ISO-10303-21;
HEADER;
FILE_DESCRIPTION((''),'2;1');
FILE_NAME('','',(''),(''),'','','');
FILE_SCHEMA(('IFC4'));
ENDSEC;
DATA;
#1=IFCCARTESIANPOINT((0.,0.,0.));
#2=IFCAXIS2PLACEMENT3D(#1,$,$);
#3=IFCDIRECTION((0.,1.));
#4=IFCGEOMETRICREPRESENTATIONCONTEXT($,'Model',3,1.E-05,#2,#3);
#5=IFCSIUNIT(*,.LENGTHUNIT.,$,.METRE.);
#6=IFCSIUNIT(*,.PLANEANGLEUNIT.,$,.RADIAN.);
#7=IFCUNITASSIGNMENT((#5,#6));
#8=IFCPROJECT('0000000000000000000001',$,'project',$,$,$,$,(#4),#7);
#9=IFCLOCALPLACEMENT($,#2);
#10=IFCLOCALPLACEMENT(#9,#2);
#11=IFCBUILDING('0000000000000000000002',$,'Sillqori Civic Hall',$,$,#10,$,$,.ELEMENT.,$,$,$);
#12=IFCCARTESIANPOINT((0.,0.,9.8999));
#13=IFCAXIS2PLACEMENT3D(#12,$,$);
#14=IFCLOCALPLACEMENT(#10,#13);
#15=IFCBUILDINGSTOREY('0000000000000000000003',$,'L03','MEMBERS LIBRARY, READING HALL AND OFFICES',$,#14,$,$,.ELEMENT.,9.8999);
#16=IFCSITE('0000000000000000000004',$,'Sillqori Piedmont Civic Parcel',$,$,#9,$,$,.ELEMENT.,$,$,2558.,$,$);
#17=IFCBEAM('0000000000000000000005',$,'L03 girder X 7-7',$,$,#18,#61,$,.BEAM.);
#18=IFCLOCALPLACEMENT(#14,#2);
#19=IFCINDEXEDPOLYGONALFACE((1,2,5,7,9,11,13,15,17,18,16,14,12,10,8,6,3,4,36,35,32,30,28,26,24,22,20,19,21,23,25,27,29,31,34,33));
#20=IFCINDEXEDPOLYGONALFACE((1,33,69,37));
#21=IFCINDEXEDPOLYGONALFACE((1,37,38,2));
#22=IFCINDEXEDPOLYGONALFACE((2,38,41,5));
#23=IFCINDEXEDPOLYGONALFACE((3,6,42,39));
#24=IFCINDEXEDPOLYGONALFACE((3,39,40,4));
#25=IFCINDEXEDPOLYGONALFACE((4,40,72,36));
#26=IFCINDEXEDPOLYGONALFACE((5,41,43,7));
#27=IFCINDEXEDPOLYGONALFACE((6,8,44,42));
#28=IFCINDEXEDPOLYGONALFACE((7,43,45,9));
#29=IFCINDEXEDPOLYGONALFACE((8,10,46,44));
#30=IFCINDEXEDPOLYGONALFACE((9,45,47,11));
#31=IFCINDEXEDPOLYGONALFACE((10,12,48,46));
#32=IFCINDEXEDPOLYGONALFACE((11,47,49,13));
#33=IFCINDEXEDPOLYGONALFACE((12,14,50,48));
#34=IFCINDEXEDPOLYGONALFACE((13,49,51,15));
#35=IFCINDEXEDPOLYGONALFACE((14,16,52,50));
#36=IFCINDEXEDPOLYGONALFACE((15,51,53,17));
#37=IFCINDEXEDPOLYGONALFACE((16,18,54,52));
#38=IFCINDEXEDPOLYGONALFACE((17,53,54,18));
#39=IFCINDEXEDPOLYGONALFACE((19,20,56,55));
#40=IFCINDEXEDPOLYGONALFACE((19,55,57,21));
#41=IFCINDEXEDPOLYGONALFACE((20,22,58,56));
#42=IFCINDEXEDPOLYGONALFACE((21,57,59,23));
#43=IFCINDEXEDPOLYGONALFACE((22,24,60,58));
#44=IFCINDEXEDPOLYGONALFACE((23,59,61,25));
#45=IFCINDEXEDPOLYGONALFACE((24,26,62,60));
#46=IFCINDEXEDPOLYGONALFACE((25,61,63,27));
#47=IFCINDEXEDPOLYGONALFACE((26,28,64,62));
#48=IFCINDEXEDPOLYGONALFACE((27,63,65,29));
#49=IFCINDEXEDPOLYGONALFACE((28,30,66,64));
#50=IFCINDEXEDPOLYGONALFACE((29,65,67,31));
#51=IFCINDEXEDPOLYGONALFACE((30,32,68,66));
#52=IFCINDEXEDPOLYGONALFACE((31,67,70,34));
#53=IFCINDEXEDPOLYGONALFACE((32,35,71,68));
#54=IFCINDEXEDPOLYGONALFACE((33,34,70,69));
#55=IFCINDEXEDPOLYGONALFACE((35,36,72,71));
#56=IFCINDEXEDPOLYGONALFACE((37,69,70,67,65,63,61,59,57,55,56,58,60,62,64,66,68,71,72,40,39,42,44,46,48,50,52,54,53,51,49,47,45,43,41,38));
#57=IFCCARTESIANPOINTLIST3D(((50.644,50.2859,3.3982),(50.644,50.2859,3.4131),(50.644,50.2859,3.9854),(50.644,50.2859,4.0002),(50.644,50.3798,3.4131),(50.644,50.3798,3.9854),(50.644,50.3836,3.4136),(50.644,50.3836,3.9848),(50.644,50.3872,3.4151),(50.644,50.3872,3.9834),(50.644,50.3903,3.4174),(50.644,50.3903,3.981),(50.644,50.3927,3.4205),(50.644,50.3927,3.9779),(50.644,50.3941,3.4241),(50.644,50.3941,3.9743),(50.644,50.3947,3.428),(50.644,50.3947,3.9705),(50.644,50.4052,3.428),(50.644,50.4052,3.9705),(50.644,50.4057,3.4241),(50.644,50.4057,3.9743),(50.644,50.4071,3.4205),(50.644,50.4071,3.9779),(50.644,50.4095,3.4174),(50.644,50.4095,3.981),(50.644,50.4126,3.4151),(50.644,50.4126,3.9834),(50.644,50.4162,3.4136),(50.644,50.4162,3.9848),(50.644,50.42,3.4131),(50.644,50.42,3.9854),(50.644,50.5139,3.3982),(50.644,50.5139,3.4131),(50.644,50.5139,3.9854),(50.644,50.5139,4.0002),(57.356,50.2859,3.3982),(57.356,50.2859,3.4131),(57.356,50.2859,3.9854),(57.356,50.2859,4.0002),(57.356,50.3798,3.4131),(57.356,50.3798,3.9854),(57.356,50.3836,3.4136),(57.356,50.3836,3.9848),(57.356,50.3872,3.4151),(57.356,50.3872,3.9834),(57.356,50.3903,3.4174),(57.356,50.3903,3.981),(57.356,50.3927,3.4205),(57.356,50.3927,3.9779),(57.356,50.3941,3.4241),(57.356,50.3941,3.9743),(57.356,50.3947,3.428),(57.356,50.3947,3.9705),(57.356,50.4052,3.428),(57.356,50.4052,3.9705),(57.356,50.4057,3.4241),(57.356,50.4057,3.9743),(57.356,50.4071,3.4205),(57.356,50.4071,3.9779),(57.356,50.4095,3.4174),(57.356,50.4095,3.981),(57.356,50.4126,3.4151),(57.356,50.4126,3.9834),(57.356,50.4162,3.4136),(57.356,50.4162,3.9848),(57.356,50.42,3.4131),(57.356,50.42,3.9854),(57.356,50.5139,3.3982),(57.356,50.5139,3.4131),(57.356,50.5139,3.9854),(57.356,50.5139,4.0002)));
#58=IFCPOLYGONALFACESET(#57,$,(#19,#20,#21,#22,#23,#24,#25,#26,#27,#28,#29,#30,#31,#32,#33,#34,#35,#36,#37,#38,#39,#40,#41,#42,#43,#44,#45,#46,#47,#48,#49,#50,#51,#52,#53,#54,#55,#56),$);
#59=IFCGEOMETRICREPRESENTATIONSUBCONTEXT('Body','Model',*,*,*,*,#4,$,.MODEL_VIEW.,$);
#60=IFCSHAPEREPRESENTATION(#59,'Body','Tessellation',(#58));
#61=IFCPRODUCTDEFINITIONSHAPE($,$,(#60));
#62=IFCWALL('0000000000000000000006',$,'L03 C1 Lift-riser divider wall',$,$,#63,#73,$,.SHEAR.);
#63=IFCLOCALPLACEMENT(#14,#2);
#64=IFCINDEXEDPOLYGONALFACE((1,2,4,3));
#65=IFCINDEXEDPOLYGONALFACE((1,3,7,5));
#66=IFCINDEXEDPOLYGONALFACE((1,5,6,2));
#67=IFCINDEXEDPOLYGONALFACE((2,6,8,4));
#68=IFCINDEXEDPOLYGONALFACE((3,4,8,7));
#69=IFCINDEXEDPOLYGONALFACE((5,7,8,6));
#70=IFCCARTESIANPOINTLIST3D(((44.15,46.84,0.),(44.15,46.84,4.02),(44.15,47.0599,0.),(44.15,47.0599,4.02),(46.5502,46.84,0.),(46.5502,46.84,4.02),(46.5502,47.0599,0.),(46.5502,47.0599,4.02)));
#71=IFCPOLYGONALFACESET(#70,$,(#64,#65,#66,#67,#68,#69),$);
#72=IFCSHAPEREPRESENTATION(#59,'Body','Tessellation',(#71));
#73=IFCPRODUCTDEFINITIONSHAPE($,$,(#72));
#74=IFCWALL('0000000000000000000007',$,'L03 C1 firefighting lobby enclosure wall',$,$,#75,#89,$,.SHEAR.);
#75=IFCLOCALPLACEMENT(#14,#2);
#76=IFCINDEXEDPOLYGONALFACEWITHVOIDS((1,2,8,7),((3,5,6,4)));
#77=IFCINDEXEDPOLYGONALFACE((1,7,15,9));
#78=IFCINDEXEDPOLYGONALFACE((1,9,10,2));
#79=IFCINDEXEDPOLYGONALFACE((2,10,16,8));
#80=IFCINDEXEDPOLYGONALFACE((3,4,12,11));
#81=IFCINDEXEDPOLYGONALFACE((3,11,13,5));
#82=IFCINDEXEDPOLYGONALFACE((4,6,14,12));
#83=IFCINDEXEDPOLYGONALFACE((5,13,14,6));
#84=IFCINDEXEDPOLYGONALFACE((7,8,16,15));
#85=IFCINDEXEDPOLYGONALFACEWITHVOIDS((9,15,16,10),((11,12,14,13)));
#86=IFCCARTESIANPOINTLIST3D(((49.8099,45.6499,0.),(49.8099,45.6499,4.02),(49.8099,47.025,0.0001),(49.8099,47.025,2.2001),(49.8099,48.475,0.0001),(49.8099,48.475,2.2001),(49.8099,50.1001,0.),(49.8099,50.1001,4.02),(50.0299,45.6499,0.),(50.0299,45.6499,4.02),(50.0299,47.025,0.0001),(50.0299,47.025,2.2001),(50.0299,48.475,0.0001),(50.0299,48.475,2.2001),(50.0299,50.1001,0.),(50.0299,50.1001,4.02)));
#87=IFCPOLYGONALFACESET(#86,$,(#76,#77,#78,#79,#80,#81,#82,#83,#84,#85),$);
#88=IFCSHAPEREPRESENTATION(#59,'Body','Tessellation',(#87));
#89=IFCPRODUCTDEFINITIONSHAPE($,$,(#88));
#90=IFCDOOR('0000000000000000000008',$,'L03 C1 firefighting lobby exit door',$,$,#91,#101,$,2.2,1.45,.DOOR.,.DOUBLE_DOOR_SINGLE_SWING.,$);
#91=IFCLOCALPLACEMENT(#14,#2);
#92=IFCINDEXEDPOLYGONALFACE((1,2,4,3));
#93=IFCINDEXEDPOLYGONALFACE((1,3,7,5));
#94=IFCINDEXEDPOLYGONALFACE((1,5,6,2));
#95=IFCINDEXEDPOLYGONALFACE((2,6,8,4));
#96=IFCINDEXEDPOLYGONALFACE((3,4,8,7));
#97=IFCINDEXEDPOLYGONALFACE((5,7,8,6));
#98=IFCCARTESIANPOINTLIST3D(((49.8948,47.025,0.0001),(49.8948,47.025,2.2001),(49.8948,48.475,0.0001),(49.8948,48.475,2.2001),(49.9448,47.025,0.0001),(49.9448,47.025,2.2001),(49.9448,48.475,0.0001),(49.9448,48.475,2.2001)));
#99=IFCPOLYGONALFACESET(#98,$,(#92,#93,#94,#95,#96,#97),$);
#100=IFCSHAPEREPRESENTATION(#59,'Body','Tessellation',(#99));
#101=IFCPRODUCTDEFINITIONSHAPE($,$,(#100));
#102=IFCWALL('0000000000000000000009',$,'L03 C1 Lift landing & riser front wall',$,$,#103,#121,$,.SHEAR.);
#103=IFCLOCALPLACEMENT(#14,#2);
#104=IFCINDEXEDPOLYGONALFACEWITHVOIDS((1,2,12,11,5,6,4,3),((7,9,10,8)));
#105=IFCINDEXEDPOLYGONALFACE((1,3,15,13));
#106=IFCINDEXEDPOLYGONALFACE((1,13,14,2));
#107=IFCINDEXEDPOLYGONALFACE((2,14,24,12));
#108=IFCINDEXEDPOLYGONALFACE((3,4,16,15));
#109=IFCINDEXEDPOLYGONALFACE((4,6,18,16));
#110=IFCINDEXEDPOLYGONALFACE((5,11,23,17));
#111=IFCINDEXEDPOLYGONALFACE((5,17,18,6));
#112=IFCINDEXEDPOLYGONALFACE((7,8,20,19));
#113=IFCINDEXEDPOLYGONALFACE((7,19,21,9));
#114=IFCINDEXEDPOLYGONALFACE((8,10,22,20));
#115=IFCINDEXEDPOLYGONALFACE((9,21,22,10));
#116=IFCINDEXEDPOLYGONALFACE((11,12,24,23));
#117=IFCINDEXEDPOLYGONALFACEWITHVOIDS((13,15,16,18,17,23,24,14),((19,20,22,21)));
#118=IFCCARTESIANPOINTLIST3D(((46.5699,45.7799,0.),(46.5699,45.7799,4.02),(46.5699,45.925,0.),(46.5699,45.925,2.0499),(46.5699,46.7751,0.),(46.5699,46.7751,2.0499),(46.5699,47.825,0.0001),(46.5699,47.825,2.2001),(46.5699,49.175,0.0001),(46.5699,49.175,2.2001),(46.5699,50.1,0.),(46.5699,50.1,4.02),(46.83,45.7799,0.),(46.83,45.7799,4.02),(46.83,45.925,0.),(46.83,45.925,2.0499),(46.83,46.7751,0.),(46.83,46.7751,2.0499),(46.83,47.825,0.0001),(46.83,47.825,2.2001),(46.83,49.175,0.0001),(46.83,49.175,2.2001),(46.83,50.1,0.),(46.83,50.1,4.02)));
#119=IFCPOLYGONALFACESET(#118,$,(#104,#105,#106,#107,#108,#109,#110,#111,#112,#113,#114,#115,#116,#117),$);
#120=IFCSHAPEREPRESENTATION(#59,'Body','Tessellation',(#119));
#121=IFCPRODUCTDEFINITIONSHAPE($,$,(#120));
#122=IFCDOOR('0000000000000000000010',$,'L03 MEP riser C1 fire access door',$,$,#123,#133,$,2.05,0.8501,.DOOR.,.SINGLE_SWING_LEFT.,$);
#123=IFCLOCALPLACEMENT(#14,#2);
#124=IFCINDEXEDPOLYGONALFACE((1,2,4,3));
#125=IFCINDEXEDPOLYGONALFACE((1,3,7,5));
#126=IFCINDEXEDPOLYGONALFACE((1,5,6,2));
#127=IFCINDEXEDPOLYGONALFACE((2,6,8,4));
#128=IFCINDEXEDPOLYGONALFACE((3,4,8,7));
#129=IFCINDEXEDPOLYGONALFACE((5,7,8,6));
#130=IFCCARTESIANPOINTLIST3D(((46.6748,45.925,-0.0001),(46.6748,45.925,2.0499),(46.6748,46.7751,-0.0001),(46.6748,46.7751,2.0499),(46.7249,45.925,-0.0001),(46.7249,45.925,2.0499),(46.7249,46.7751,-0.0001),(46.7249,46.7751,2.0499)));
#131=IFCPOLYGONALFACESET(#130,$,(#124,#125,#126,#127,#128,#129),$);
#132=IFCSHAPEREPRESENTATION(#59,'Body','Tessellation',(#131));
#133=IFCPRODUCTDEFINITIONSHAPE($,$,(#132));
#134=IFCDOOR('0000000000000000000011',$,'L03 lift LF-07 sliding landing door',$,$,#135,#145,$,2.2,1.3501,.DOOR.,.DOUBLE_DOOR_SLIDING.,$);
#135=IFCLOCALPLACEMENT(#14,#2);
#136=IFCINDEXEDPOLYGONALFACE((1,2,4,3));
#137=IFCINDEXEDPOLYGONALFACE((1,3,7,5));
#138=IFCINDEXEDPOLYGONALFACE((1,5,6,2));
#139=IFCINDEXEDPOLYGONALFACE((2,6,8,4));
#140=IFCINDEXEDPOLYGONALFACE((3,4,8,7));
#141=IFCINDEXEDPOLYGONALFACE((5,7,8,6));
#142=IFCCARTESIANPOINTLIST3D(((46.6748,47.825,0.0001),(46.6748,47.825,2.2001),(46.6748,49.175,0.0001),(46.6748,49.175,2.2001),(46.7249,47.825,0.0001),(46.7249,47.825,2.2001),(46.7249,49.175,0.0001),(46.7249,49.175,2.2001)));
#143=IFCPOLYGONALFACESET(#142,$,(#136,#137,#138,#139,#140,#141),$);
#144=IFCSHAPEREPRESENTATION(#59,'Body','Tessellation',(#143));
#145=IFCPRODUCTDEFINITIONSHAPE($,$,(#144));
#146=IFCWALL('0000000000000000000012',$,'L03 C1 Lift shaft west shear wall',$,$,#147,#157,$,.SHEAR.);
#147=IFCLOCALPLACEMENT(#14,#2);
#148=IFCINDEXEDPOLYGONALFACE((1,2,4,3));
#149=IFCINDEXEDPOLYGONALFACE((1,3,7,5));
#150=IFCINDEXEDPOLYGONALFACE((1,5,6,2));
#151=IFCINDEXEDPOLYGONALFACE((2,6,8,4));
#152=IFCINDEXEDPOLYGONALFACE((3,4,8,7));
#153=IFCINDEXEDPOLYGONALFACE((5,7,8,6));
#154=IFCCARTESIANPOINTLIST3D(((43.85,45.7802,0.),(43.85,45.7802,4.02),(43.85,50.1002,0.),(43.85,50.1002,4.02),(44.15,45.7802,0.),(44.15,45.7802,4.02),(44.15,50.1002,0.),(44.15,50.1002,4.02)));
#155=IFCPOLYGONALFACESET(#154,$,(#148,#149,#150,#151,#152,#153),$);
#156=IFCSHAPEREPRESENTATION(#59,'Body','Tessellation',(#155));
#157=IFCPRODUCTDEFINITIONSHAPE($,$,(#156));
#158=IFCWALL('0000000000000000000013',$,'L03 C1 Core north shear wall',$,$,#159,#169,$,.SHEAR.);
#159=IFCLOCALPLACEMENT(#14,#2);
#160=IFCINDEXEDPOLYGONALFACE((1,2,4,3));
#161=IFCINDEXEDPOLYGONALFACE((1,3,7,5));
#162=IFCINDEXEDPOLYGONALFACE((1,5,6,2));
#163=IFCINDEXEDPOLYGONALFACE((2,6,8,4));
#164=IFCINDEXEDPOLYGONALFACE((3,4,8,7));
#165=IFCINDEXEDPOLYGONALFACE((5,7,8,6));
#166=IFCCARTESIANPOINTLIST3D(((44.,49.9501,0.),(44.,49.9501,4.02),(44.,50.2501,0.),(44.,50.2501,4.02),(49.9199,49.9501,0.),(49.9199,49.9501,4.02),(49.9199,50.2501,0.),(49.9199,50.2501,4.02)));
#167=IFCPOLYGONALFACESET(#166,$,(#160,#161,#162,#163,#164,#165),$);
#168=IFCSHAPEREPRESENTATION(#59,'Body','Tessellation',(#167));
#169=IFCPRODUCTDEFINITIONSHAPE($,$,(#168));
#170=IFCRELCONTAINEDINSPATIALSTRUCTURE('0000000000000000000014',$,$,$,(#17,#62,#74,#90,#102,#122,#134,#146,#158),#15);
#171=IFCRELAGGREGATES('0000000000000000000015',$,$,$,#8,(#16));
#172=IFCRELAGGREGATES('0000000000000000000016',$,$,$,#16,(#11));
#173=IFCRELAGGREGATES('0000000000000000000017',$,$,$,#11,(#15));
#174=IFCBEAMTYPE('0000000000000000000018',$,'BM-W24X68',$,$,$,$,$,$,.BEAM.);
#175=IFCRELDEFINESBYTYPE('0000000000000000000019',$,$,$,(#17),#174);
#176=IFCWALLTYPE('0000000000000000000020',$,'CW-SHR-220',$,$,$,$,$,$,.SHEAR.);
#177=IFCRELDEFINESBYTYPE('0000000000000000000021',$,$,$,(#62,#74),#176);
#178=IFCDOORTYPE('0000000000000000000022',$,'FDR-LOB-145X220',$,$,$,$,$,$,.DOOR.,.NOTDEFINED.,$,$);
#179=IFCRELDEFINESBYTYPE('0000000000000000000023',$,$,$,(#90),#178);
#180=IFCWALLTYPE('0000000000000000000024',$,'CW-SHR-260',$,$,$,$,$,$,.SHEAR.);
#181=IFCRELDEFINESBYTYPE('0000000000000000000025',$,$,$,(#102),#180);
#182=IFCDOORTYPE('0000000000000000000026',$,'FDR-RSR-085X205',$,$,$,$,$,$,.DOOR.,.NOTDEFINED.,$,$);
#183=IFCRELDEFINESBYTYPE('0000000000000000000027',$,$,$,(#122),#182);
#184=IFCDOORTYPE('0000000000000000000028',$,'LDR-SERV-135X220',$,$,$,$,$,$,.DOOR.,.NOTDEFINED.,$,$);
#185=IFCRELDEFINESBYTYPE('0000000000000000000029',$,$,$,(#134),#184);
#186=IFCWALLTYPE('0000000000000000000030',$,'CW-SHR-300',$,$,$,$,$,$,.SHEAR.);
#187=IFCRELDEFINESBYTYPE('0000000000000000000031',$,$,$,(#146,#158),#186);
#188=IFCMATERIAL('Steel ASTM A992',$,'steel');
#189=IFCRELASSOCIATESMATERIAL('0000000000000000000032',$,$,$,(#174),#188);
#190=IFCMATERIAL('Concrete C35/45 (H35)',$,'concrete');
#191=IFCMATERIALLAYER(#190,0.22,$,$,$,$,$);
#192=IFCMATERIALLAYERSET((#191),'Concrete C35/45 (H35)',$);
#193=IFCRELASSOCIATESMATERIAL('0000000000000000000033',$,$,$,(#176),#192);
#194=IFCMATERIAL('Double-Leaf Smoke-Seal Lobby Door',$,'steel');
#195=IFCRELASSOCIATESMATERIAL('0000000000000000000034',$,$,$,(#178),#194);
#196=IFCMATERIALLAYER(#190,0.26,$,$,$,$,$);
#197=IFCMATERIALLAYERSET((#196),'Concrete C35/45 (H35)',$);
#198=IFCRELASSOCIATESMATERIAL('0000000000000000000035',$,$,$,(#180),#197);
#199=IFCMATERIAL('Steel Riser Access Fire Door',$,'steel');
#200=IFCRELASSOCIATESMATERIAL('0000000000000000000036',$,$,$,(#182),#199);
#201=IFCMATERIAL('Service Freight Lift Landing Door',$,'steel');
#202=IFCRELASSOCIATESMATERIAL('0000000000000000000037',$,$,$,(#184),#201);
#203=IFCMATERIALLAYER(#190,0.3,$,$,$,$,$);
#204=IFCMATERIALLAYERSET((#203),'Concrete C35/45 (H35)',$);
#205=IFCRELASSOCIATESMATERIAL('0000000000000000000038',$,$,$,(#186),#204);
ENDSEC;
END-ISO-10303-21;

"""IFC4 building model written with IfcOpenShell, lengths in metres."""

from ifc_helpers import new_model, si_unit, direction, frame, frame_2d, origin, origin_2d, place, context, subcontext, project, spatial, rectangle, i_section, extrude, material, layer, layer_set, material_profile, profile_set, type_object, element, fill, save


model = new_model("IFC4")

# Units and contexts
model_context = context("Model", 3, precision=1e-05, world=origin(), true_north=direction((0.0, 1.0)))
body_context = subcontext(model_context, "Body", "Model", "MODEL_VIEW")
ifc_project = project(units=[si_unit("LENGTHUNIT", "METRE"), si_unit("PLANEANGLEUNIT", "RADIAN")], contexts=[model_context])

# Site, building, storey
site_placement = place(None, origin())
site = spatial("IfcSite", under=ifc_project, at=site_placement, Name="Sillqori Piedmont Civic Parcel", CompositionType="ELEMENT", RefElevation=2558.0)
building_placement = place(site_placement, origin())
building = spatial("IfcBuilding", under=site, at=building_placement, Name="Sillqori Civic Hall", CompositionType="ELEMENT")
storey_placement = place(building_placement, frame((0.0, 0.0, 9.8999)))
storey = spatial("IfcBuildingStorey", under=building, at=storey_placement, Name="L03", Description="MEMBERS LIBRARY, READING HALL AND OFFICES", CompositionType="ELEMENT", Elevation=9.8999)

# Shared definitions
ifc_material_1 = material(Name="Concrete C35/45 (H35)", Category="concrete")

# Beam
ifc_material_2 = material(Name="Steel ASTM A992", Category="steel")
ifc_material_profile_1 = material_profile(ifc_material_2, i_section(OverallWidth=0.228, OverallDepth=0.6021, WebThickness=0.0105, FlangeThickness=0.0149, FilletRadius=0.0149, at=origin_2d()), Name="W24X68")
ifc_profile_set_1 = profile_set([ifc_material_profile_1], Name="Steel ASTM A992")
beam_type_1 = type_object("IfcBeamType", Name="BM-W24X68", PredefinedType="BEAM", material=ifc_profile_set_1)
for number, where, z_axis, x_axis, name in (
    (1, (50.644, 50.3999, 3.6992), (1.0, 0.0, 0.0), (0.0, 1.0, 0.0), "L03 girder X 7-7"),
):
    element("IfcBeam", number, at=place(storey_placement, frame(where, z_axis=z_axis, x_axis=x_axis)), inside=storey, type_object=beam_type_1, Name=name, PredefinedType="BEAM", context=body_context, shape_type="SweptSolid", body=[
        extrude(i_section(OverallWidth=0.228, OverallDepth=0.6021, WebThickness=0.0105, FlangeThickness=0.0149, FilletRadius=0.0149, at=origin_2d()), origin(), (0.0, 0.0, 1.0), 6.7119),
    ])

# Wall
ifc_layer_1 = layer(ifc_material_1, 0.22)
ifc_layer_set_1 = layer_set([ifc_layer_1], Name="Concrete C35/45 (H35)")
wall_type_1 = type_object("IfcWallType", Name="CW-SHR-220", PredefinedType="SHEAR", material=ifc_layer_set_1)
wall_1_placement = place(storey_placement, frame((44.1499, 46.95, 0.0), z_axis=(0.0, 0.0, 1.0), x_axis=(1.0, 0.0, 0.0)))
element("IfcWall", 2, at=wall_1_placement, inside=storey, type_object=wall_type_1, Name="L03 C1 Lift-riser divider wall", PredefinedType="SHEAR", context=body_context, shape_type="SweptSolid", body=[
    extrude(rectangle(XDim=2.4001, YDim=0.22, at=frame_2d((1.2002, 0.0))), origin(), (0.0, 0.0, 1.0), 4.02),
])

# Wall, opening, door
wall_2_placement = place(storey_placement, frame((49.9199, 50.1001, 0.0), z_axis=(0.0, 0.0, 1.0), x_axis=(0.0, -1.0, 0.0)))
wall_2 = element("IfcWall", 3, at=wall_2_placement, inside=storey, type_object=wall_type_1, Name="L03 C1 firefighting lobby enclosure wall", PredefinedType="SHEAR", context=body_context, shape_type="SweptSolid", body=[
    extrude(rectangle(XDim=4.4502, YDim=0.22, at=frame_2d((2.2251, 0.0))), origin(), (0.0, 0.0, 1.0), 4.02),
])
opening_1_placement = place(wall_2_placement, frame((1.625, 0.0, 0.0)))
opening_1 = element("IfcOpeningElement", 4, at=opening_1_placement, cuts=wall_2, PredefinedType="OPENING", context=body_context, shape_type="SweptSolid", body=[
    extrude(rectangle(XDim=1.45, YDim=2.2, at=frame_2d((0.7251, 1.1001))), frame((0.0, 0.1199, 0.0), z_axis=(0.0, -1.0, 0.0), x_axis=(1.0, 0.0, 0.0)), (0.0, 0.0, 1.0), 0.24),
])
ifc_material_3 = material(Name="Double-Leaf Smoke-Seal Lobby Door", Category="steel")
door_type_1 = type_object("IfcDoorType", Name="FDR-LOB-145X220", OperationType="NOTDEFINED", PredefinedType="DOOR", material=ifc_material_3)
door_1_placement = place(opening_1_placement, origin())
door_1 = element("IfcDoor", 5, at=door_1_placement, inside=storey, type_object=door_type_1, Name="L03 C1 firefighting lobby exit door", OperationType="DOUBLE_DOOR_SINGLE_SWING", OverallHeight=2.2, OverallWidth=1.45, PredefinedType="DOOR", context=body_context, shape_type="SweptSolid", body=[
    extrude(rectangle(XDim=1.45, YDim=2.2, at=frame_2d((0.7251, 1.1001))), frame((0.0, 0.0249, 0.0), z_axis=(0.0, -1.0, 0.0), x_axis=(1.0, 0.0, 0.0)), (0.0, 0.0, 1.0), 0.05),
])
fill(opening_1, door_1)
ifc_layer_2 = layer(ifc_material_1, 0.26)
ifc_layer_set_2 = layer_set([ifc_layer_2], Name="Concrete C35/45 (H35)")
wall_type_2 = type_object("IfcWallType", Name="CW-SHR-260", PredefinedType="SHEAR", material=ifc_layer_set_2)

# Wall, openings, doors
wall_3_placement = place(storey_placement, frame((46.7, 50.1001, 0.0), z_axis=(0.0, 0.0, 1.0), x_axis=(0.0, -1.0, 0.0)))
wall_3 = element("IfcWall", 6, at=wall_3_placement, inside=storey, type_object=wall_type_2, Name="L03 C1 Lift landing & riser front wall", PredefinedType="SHEAR", context=body_context, shape_type="SweptSolid", body=[
    extrude(rectangle(XDim=4.3201, YDim=0.26, at=frame_2d((2.1602, 0.0))), origin(), (0.0, 0.0, 1.0), 4.02),
])
opening_2_placement = place(wall_3_placement, frame((0.925, 0.0, 0.0)))
opening_2 = element("IfcOpeningElement", 7, at=opening_2_placement, cuts=wall_3, PredefinedType="OPENING", context=body_context, shape_type="SweptSolid", body=[
    extrude(rectangle(XDim=1.3501, YDim=2.2, at=frame_2d((0.675, 1.1001))), frame((0.0, 0.1399, 0.0), z_axis=(0.0, -1.0, 0.0), x_axis=(1.0, 0.0, 0.0)), (0.0, 0.0, 1.0), 0.28),
])
opening_3_placement = place(wall_3_placement, frame((3.325, 0.0, 0.0)))
opening_3 = element("IfcOpeningElement", 8, at=opening_3_placement, cuts=wall_3, PredefinedType="OPENING", context=body_context, shape_type="SweptSolid", body=[
    extrude(rectangle(XDim=0.8501, YDim=2.05, at=frame_2d((0.425, 1.0249))), frame((0.0, 0.1399, 0.0), z_axis=(0.0, -1.0, 0.0), x_axis=(1.0, 0.0, 0.0)), (0.0, 0.0, 1.0), 0.28),
])
ifc_material_4 = material(Name="Steel Riser Access Fire Door", Category="steel")
door_type_2 = type_object("IfcDoorType", Name="FDR-RSR-085X205", OperationType="NOTDEFINED", PredefinedType="DOOR", material=ifc_material_4)
door_2_placement = place(opening_3_placement, origin())
door_2 = element("IfcDoor", 9, at=door_2_placement, inside=storey, type_object=door_type_2, Name="L03 MEP riser C1 fire access door", OperationType="SINGLE_SWING_LEFT", OverallHeight=2.05, OverallWidth=0.8501, PredefinedType="DOOR", context=body_context, shape_type="SweptSolid", body=[
    extrude(rectangle(XDim=0.8501, YDim=2.05, at=frame_2d((0.425, 1.0249))), frame((0.0, 0.0249, 0.0), z_axis=(0.0, -1.0, 0.0), x_axis=(1.0, 0.0, 0.0)), (0.0, 0.0, 1.0), 0.05),
])
fill(opening_3, door_2)
ifc_material_5 = material(Name="Service Freight Lift Landing Door", Category="steel")
door_type_3 = type_object("IfcDoorType", Name="LDR-SERV-135X220", OperationType="NOTDEFINED", PredefinedType="DOOR", material=ifc_material_5)
door_3_placement = place(opening_2_placement, origin())
door_3 = element("IfcDoor", 10, at=door_3_placement, inside=storey, type_object=door_type_3, Name="L03 lift LF-07 sliding landing door", OperationType="DOUBLE_DOOR_SLIDING", OverallHeight=2.2, OverallWidth=1.3501, PredefinedType="DOOR", context=body_context, shape_type="SweptSolid", body=[
    extrude(rectangle(XDim=1.3501, YDim=2.2, at=frame_2d((0.675, 1.1001))), frame((0.0, 0.0249, 0.0), z_axis=(0.0, -1.0, 0.0), x_axis=(1.0, 0.0, 0.0)), (0.0, 0.0, 1.0), 0.05),
])
fill(opening_2, door_3)

# Walls
ifc_layer_3 = layer(ifc_material_1, 0.3)
ifc_layer_set_3 = layer_set([ifc_layer_3], Name="Concrete C35/45 (H35)")
wall_type_3 = type_object("IfcWallType", Name="CW-SHR-300", PredefinedType="SHEAR", material=ifc_layer_set_3)
wall_4_placement = place(storey_placement, frame((44.0, 45.78, 0.0), z_axis=(0.0, 0.0, 1.0), x_axis=(0.0, 1.0, 0.0)))
element("IfcWall", 11, at=wall_4_placement, inside=storey, type_object=wall_type_3, Name="L03 C1 Lift shaft west shear wall", PredefinedType="SHEAR", context=body_context, shape_type="SweptSolid", body=[
    extrude(rectangle(XDim=4.3201, YDim=0.3, at=frame_2d((2.1602, 0.0))), origin(), (0.0, 0.0, 1.0), 4.02),
])
wall_5_placement = place(storey_placement, frame((44.0, 50.1001, 0.0), z_axis=(0.0, 0.0, 1.0), x_axis=(1.0, 0.0, 0.0)))
element("IfcWall", 12, at=wall_5_placement, inside=storey, type_object=wall_type_3, Name="L03 C1 Core north shear wall", PredefinedType="SHEAR", context=body_context, shape_type="SweptSolid", body=[
    extrude(rectangle(XDim=5.9199, YDim=0.3, at=frame_2d((2.96, 0.0))), origin(), (0.0, 0.0, 1.0), 4.02),
])

save(model, "model.ifc")
